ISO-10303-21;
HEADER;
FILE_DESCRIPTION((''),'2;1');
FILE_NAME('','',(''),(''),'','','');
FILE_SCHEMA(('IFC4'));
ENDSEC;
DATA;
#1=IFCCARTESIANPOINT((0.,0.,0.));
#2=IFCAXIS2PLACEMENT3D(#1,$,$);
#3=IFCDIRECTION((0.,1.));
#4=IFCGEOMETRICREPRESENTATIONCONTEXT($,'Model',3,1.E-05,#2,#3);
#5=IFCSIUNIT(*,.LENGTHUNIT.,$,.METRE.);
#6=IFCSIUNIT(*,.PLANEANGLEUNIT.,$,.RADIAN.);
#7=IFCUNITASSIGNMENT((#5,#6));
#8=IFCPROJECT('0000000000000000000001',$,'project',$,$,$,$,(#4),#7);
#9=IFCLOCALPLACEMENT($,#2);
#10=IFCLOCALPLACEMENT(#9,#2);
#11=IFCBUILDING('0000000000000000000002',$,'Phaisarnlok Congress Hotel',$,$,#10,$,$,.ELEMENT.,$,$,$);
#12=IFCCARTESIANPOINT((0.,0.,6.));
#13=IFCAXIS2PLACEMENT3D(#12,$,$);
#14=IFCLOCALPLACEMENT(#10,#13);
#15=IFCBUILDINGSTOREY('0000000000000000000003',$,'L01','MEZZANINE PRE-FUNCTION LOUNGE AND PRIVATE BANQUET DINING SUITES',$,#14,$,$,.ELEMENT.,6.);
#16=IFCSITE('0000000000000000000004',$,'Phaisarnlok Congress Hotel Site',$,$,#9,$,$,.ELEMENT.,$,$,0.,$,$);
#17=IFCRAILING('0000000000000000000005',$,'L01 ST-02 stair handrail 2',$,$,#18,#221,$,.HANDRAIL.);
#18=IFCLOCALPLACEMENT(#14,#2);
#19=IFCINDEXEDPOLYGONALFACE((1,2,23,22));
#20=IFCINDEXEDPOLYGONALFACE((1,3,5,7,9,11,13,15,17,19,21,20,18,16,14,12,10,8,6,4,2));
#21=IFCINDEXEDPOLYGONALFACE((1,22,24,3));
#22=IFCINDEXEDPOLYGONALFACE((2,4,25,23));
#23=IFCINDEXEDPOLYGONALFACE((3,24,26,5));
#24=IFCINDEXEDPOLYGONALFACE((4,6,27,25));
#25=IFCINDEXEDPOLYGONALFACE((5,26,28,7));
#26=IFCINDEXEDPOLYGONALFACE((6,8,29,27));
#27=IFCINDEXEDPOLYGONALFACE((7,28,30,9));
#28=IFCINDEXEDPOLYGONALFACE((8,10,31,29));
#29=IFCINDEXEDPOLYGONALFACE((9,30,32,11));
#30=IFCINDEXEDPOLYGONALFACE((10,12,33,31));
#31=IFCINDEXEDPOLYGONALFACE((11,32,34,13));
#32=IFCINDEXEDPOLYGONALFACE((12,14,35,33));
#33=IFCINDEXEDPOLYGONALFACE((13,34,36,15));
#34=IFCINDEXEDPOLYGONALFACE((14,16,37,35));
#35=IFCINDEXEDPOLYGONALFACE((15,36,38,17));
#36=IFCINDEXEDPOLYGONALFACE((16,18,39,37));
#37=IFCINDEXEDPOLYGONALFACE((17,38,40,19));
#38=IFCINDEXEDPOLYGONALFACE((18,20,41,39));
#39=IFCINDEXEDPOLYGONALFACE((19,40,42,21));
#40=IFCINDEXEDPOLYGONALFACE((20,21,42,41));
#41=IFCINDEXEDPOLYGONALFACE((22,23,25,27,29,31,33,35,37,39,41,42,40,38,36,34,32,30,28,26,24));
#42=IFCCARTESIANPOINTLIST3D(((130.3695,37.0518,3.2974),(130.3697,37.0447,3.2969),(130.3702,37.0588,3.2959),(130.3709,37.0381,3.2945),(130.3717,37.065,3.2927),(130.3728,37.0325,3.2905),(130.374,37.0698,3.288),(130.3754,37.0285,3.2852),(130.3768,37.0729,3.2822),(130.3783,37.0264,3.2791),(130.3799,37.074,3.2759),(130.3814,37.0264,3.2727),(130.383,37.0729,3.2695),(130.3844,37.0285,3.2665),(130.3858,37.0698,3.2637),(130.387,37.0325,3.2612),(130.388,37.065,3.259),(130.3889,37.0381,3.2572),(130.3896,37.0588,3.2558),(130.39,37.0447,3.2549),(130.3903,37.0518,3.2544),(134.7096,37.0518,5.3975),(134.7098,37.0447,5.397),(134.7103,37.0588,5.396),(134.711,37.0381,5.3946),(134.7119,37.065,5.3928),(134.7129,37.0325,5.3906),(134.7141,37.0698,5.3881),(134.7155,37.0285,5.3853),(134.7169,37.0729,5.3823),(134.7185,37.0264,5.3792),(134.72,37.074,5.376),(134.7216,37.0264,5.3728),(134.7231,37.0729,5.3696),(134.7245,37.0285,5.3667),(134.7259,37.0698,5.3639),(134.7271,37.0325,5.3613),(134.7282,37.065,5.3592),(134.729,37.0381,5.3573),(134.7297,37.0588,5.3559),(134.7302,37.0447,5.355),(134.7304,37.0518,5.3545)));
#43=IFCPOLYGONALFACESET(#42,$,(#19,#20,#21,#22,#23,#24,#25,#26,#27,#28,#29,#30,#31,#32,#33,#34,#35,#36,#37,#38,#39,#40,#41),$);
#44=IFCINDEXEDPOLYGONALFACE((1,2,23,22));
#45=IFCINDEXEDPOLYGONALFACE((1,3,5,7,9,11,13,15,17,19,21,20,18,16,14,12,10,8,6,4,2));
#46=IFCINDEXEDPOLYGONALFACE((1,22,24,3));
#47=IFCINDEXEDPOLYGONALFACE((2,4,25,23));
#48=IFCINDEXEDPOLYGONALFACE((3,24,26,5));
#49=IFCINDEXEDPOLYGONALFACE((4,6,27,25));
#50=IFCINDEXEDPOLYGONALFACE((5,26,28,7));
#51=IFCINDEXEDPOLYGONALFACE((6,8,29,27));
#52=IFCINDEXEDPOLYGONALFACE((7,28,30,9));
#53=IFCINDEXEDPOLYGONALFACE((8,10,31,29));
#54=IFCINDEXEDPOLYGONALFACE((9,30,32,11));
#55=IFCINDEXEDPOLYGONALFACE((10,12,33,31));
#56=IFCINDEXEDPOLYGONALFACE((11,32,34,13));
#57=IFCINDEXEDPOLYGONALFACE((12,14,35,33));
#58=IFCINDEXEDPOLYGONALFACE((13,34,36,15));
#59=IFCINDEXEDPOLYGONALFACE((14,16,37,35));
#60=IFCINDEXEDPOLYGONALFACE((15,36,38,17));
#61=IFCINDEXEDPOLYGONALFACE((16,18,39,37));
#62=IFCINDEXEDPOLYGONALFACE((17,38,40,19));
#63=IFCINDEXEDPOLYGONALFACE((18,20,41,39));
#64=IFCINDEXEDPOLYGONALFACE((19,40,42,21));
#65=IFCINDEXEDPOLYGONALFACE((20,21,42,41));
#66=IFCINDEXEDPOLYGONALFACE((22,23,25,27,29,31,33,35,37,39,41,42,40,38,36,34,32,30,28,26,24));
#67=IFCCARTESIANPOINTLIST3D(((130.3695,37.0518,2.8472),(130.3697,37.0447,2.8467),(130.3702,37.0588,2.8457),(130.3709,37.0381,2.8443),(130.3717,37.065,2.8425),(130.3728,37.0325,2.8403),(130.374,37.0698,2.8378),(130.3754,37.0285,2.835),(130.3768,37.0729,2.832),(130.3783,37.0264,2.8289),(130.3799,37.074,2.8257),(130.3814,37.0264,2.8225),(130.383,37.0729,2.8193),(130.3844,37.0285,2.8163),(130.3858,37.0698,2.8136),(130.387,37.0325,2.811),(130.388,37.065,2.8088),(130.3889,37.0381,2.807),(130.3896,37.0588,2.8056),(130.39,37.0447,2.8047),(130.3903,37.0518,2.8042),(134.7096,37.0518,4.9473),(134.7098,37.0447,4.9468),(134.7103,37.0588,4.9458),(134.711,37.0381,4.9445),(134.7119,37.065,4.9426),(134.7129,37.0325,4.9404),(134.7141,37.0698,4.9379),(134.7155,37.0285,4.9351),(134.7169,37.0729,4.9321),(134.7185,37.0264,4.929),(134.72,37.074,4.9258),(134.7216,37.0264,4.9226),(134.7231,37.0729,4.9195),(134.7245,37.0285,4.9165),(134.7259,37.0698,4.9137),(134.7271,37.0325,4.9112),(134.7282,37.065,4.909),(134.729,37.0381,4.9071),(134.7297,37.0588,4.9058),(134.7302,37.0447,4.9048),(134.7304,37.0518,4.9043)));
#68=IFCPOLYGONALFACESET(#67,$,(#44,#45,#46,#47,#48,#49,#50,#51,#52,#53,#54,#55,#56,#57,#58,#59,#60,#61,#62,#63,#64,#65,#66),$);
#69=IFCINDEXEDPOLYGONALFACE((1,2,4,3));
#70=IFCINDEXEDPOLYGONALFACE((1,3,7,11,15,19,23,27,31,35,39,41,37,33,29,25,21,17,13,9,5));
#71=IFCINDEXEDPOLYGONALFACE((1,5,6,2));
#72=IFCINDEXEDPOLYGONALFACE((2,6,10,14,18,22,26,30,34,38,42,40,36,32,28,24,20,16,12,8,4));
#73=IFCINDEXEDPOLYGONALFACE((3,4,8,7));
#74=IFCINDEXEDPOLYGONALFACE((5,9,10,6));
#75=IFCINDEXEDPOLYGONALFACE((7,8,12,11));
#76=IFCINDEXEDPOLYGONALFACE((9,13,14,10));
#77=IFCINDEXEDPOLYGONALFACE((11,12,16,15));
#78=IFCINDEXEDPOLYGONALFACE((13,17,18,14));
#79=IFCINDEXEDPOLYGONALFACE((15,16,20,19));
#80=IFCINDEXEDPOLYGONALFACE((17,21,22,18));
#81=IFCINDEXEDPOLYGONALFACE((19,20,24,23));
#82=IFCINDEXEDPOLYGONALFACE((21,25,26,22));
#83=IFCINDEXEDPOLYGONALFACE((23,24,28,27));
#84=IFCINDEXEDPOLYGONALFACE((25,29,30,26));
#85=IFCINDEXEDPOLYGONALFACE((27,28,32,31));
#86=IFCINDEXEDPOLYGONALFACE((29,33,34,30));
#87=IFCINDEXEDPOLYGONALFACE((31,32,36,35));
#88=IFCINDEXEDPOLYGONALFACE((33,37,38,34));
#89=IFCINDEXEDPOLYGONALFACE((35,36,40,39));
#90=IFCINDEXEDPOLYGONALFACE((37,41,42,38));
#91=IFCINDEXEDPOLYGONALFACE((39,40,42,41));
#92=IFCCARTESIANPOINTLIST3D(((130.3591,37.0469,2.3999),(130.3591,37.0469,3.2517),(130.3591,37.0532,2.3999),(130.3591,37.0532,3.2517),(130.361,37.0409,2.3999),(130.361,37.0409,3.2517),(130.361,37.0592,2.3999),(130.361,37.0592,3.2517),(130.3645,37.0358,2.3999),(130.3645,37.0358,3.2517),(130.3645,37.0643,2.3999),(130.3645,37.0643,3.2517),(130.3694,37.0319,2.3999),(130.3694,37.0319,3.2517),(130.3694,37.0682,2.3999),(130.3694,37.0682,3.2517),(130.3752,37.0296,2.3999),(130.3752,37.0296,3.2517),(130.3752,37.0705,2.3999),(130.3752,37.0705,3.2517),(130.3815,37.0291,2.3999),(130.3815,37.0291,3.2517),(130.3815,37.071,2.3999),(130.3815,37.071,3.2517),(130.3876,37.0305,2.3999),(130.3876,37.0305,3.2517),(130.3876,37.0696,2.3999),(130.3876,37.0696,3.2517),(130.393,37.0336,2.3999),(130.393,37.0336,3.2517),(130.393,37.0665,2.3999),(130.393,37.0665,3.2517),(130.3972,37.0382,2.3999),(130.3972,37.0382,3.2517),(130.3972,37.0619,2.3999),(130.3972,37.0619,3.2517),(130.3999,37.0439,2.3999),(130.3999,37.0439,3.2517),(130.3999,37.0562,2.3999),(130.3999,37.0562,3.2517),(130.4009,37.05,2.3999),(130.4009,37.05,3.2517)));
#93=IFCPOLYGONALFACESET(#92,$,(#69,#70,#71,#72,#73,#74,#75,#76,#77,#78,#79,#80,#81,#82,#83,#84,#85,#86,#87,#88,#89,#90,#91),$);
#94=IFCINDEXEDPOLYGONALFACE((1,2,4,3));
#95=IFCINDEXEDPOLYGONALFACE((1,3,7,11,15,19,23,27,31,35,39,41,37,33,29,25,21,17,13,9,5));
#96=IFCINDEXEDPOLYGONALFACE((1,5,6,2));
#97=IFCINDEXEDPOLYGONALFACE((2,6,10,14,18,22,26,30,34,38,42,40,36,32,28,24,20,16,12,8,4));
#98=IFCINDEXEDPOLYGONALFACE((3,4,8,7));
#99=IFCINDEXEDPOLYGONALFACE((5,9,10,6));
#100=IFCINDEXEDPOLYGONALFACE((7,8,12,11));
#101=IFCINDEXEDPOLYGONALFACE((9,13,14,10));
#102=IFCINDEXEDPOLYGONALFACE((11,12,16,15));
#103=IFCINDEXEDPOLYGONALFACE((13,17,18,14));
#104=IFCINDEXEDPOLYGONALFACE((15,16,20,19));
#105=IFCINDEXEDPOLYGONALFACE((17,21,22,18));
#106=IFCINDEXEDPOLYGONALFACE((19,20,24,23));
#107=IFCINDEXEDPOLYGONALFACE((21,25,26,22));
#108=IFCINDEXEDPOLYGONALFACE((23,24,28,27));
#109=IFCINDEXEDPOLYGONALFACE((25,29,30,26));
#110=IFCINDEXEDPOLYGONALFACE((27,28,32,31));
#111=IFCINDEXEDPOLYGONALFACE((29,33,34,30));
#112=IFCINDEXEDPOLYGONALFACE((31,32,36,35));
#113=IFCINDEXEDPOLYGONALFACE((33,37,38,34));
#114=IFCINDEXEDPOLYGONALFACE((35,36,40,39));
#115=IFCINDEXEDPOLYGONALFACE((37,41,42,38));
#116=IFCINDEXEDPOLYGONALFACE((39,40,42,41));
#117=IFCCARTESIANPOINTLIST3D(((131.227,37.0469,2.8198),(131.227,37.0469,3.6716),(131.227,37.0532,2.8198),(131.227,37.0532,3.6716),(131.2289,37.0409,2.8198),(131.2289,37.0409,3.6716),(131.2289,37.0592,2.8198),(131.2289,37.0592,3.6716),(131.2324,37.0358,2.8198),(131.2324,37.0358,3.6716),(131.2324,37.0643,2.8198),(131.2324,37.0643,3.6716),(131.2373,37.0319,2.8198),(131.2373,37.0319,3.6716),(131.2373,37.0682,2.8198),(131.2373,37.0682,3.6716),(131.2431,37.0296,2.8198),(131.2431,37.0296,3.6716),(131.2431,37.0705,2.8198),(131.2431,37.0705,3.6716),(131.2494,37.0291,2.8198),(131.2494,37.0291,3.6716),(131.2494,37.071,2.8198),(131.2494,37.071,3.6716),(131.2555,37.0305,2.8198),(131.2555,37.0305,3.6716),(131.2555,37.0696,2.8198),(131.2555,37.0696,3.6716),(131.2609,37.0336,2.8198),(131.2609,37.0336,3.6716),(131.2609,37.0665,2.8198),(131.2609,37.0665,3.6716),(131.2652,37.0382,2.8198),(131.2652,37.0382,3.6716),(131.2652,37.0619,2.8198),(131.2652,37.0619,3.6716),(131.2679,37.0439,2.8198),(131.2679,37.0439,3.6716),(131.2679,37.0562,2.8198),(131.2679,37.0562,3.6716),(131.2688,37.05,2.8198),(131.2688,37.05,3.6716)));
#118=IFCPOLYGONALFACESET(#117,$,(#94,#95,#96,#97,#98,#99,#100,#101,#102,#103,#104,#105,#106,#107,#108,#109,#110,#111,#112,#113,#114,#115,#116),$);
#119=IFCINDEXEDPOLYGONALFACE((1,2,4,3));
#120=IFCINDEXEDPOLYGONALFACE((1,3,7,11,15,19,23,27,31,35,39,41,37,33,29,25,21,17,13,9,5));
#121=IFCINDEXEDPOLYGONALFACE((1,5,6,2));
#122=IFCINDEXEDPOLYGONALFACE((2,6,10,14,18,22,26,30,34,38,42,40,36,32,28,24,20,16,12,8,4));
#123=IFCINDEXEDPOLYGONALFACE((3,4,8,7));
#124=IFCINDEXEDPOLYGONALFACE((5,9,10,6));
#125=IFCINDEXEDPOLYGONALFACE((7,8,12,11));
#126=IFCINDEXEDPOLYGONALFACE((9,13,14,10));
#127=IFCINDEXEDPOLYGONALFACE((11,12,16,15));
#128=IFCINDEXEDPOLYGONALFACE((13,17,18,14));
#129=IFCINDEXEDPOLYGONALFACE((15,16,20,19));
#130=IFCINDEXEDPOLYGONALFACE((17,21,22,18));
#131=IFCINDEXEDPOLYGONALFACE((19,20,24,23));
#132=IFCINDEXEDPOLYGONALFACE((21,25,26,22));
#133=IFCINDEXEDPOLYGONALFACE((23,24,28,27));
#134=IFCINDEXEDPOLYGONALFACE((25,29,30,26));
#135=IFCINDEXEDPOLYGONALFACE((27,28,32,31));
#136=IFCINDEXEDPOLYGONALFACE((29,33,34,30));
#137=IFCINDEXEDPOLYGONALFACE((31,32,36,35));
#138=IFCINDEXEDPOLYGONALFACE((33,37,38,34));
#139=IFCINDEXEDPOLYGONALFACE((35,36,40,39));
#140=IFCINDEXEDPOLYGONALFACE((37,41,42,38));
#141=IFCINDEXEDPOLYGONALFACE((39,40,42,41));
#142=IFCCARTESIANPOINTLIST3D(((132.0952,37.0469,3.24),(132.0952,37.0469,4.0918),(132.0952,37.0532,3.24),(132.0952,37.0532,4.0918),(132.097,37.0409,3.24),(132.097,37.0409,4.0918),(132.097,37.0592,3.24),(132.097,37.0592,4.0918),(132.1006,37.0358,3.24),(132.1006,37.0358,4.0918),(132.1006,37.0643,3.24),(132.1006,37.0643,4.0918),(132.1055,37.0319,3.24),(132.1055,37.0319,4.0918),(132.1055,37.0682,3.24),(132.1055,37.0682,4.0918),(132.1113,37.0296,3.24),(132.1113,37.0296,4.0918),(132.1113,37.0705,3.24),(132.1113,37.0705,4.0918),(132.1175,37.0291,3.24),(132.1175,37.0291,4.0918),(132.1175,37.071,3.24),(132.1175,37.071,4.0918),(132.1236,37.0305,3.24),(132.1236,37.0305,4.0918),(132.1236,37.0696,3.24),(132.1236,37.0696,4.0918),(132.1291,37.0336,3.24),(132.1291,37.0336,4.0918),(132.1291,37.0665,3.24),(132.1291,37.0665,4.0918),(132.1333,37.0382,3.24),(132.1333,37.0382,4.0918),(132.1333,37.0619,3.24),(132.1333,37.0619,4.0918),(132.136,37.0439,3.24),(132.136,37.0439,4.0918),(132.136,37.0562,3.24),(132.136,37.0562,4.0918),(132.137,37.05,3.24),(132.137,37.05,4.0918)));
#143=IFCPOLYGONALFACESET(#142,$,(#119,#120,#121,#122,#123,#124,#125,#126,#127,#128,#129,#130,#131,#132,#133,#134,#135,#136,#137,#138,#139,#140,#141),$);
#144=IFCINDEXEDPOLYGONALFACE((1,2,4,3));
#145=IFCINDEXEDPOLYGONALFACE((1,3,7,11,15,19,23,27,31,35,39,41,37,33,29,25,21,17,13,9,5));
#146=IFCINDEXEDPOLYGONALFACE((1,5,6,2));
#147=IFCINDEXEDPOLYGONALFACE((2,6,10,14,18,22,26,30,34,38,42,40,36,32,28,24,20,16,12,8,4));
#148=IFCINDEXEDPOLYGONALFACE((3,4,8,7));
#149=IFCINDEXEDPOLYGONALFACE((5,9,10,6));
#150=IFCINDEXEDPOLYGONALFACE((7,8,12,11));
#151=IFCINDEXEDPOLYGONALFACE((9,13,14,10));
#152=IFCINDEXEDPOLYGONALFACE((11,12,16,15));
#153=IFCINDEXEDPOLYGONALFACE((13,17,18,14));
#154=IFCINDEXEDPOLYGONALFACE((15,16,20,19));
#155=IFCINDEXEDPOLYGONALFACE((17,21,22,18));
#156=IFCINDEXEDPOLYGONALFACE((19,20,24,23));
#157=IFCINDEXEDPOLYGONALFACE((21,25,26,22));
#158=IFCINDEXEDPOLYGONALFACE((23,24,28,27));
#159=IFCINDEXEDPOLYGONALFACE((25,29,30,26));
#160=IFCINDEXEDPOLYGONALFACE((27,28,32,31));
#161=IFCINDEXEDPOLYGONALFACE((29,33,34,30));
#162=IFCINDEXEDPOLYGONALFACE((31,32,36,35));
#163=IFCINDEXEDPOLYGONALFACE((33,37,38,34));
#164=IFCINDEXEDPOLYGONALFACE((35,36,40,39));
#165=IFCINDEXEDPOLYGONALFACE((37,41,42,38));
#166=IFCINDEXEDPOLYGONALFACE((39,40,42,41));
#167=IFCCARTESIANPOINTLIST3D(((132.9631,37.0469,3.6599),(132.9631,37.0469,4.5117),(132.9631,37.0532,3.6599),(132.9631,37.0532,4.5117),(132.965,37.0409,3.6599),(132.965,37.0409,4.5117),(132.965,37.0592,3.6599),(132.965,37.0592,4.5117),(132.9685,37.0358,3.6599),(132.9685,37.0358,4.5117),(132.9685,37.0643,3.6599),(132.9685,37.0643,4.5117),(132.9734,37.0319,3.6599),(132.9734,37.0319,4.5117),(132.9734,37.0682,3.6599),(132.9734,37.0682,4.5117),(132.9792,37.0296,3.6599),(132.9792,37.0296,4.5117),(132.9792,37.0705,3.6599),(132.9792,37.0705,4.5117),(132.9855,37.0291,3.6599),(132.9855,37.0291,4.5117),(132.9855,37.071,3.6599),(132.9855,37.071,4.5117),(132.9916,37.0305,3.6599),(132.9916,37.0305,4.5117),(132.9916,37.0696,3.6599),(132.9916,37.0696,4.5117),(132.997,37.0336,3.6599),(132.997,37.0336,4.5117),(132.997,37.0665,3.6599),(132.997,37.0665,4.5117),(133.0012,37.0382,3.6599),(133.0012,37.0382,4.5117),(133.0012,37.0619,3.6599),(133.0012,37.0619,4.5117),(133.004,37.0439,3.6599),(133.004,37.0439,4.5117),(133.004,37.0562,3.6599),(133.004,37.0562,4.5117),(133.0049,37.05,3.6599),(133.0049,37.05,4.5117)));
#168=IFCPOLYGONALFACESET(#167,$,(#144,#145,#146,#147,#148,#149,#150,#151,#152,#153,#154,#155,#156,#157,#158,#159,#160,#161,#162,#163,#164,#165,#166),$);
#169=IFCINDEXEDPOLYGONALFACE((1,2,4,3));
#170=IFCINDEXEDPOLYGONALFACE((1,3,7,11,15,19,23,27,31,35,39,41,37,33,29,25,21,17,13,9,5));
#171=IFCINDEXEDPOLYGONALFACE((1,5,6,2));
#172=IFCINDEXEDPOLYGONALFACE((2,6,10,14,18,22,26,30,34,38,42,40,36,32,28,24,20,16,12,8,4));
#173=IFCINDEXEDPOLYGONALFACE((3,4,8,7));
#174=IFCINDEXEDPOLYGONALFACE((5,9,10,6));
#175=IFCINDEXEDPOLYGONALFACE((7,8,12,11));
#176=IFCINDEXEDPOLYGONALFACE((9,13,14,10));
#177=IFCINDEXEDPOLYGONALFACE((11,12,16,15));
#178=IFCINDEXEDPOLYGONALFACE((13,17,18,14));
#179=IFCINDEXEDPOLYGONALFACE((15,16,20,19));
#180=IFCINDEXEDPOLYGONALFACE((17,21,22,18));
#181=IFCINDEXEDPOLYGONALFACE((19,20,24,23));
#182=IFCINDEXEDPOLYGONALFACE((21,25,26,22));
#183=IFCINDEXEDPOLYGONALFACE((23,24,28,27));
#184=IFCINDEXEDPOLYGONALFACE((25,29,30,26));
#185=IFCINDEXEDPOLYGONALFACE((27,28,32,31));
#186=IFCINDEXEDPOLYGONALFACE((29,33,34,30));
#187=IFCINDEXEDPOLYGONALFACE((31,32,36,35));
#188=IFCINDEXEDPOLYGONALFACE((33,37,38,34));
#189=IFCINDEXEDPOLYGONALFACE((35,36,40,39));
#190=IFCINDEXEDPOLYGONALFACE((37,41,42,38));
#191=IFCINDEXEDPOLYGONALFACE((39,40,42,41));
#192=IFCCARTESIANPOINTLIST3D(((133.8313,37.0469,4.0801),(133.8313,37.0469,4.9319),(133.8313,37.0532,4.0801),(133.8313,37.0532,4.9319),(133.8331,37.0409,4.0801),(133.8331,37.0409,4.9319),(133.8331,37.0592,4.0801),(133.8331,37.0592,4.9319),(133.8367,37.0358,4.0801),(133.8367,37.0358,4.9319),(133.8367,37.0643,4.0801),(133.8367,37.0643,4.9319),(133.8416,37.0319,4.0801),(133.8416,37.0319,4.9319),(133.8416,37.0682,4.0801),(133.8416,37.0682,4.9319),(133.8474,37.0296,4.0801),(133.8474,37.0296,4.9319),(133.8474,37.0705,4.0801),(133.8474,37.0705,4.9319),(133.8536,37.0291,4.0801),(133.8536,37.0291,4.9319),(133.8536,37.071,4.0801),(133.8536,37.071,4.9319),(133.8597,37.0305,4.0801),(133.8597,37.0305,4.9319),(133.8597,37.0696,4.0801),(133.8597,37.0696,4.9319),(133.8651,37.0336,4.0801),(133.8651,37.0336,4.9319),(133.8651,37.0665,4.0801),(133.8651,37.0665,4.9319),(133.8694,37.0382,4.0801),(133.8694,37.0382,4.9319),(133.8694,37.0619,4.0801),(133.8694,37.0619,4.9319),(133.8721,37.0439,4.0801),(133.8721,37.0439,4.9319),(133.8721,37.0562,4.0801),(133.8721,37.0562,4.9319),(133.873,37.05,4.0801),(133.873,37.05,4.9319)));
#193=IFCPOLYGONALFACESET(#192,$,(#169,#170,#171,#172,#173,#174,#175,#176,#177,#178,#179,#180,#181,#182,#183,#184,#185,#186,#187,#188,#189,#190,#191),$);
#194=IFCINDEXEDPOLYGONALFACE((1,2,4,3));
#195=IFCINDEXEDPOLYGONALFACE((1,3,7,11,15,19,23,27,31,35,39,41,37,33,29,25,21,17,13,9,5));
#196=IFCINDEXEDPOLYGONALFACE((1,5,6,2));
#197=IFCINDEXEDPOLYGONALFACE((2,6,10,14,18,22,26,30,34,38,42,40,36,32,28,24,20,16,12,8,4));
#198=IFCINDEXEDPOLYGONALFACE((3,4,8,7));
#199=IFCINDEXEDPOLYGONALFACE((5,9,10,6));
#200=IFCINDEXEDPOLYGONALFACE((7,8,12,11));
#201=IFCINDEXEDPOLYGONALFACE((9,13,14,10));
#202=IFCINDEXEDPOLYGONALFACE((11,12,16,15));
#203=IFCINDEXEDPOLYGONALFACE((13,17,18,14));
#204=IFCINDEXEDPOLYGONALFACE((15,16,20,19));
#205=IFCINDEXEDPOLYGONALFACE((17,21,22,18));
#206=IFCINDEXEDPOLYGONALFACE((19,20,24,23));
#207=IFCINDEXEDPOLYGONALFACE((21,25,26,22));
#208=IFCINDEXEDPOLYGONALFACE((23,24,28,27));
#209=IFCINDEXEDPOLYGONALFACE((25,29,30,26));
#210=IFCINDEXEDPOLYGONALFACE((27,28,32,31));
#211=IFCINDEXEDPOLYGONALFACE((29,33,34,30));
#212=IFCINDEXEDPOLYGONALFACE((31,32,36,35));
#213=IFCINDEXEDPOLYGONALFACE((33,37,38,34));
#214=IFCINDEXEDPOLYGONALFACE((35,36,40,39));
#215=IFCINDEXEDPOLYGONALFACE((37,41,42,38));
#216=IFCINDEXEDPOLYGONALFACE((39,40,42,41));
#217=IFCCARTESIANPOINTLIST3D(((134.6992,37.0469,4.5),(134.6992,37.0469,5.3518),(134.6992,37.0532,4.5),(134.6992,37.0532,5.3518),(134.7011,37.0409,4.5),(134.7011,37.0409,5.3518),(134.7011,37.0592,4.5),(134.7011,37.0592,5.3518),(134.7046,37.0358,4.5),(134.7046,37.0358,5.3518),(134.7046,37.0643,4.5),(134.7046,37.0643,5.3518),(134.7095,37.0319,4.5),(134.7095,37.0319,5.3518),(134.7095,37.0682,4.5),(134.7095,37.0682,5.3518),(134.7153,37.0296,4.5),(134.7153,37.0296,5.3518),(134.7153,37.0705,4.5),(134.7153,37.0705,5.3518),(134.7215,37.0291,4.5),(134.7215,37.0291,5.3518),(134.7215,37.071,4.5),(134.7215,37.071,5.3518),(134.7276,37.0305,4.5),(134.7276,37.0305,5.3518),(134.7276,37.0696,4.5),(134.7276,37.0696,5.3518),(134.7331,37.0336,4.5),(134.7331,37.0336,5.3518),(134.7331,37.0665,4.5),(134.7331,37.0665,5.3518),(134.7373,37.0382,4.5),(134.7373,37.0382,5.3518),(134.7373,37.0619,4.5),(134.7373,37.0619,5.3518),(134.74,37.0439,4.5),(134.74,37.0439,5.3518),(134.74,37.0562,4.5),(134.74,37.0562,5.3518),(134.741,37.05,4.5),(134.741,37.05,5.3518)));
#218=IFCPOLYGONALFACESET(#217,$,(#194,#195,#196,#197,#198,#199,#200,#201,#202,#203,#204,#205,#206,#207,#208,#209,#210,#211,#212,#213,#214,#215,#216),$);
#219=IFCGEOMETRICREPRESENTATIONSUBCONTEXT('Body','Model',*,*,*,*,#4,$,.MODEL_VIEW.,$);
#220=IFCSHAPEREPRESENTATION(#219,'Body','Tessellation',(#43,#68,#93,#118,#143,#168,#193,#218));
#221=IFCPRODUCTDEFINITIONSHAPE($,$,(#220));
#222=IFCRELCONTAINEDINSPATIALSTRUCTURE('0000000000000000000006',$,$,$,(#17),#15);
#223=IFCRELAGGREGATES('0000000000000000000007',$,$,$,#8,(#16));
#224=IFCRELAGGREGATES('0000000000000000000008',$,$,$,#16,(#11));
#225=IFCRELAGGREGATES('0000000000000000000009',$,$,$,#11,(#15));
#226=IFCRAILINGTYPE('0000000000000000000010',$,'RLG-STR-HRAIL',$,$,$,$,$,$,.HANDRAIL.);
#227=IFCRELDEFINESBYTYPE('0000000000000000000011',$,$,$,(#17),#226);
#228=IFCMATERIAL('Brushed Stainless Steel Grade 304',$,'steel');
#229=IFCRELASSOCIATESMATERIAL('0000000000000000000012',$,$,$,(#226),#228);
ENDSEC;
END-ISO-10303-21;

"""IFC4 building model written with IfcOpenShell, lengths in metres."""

from ifc_helpers import new_model, si_unit, direction, frame, origin, origin_2d, place, context, subcontext, project, spatial, circle, extrude, material, type_object, element, save


model = new_model("IFC4")

# Units and contexts
model_context = context("Model", 3, precision=1e-05, world=origin(), true_north=direction((0.0, 1.0)))
body_context = subcontext(model_context, "Body", "Model", "MODEL_VIEW")
ifc_project = project(units=[si_unit("LENGTHUNIT", "METRE"), si_unit("PLANEANGLEUNIT", "RADIAN")], contexts=[model_context])

# Site, building, storey
site_placement = place(None, origin())
site = spatial("IfcSite", under=ifc_project, at=site_placement, Name="Phaisarnlok Congress Hotel Site", CompositionType="ELEMENT", RefElevation=0.0)
building_placement = place(site_placement, origin())
building = spatial("IfcBuilding", under=site, at=building_placement, Name="Phaisarnlok Congress Hotel", CompositionType="ELEMENT")
storey_placement = place(building_placement, frame((0.0, 0.0, 6.0)))
storey = spatial("IfcBuildingStorey", under=building, at=storey_placement, Name="L01", Description="MEZZANINE PRE-FUNCTION LOUNGE AND PRIVATE BANQUET DINING SUITES", CompositionType="ELEMENT", Elevation=6.0)

# Railing
ifc_material_1 = material(Name="Brushed Stainless Steel Grade 304", Category="steel")
railing_type_1 = type_object("IfcRailingType", Name="RLG-STR-HRAIL", PredefinedType="HANDRAIL", material=ifc_material_1)
railing_1_placement = place(storey_placement, frame((130.3799, 37.05, 2.3999)))
element("IfcRailing", 1, at=railing_1_placement, inside=storey, type_object=railing_type_1, Name="L01 ST-02 stair handrail 2", PredefinedType="HANDRAIL", context=body_context, shape_type="SweptSolid", body=[
    extrude(circle(Radius=0.0239, at=origin_2d()), frame((0.0, 0.0, 0.876), z_axis=(0.900155, 0.0, 0.43557), x_axis=(0.0, 1.0, 0.0)), (0.0, 0.0, 1.0), 4.8215),
    extrude(circle(Radius=0.0239, at=origin_2d()), frame((0.0, 0.0, 0.4258), z_axis=(0.900155, 0.0, 0.43557), x_axis=(0.0, 1.0, 0.0)), (0.0, 0.0, 1.0), 4.8215),
    extrude(circle(Radius=0.021, at=origin_2d()), origin(), (0.0, 0.0, 1.0), 0.8518),
    extrude(circle(Radius=0.021, at=origin_2d()), frame((0.8679, 0.0, 0.4199)), (0.0, 0.0, 1.0), 0.8518),
    extrude(circle(Radius=0.021, at=origin_2d()), frame((1.7361, 0.0, 0.8401)), (0.0, 0.0, 1.0), 0.8518),
    extrude(circle(Radius=0.021, at=origin_2d()), frame((2.604, 0.0, 1.26)), (0.0, 0.0, 1.0), 0.8518),
    extrude(circle(Radius=0.021, at=origin_2d()), frame((3.4722, 0.0, 1.6802)), (0.0, 0.0, 1.0), 0.8518),
    extrude(circle(Radius=0.021, at=origin_2d()), frame((4.3401, 0.0, 2.1001)), (0.0, 0.0, 1.0), 0.8518),
])

save(model, "model.ifc")
